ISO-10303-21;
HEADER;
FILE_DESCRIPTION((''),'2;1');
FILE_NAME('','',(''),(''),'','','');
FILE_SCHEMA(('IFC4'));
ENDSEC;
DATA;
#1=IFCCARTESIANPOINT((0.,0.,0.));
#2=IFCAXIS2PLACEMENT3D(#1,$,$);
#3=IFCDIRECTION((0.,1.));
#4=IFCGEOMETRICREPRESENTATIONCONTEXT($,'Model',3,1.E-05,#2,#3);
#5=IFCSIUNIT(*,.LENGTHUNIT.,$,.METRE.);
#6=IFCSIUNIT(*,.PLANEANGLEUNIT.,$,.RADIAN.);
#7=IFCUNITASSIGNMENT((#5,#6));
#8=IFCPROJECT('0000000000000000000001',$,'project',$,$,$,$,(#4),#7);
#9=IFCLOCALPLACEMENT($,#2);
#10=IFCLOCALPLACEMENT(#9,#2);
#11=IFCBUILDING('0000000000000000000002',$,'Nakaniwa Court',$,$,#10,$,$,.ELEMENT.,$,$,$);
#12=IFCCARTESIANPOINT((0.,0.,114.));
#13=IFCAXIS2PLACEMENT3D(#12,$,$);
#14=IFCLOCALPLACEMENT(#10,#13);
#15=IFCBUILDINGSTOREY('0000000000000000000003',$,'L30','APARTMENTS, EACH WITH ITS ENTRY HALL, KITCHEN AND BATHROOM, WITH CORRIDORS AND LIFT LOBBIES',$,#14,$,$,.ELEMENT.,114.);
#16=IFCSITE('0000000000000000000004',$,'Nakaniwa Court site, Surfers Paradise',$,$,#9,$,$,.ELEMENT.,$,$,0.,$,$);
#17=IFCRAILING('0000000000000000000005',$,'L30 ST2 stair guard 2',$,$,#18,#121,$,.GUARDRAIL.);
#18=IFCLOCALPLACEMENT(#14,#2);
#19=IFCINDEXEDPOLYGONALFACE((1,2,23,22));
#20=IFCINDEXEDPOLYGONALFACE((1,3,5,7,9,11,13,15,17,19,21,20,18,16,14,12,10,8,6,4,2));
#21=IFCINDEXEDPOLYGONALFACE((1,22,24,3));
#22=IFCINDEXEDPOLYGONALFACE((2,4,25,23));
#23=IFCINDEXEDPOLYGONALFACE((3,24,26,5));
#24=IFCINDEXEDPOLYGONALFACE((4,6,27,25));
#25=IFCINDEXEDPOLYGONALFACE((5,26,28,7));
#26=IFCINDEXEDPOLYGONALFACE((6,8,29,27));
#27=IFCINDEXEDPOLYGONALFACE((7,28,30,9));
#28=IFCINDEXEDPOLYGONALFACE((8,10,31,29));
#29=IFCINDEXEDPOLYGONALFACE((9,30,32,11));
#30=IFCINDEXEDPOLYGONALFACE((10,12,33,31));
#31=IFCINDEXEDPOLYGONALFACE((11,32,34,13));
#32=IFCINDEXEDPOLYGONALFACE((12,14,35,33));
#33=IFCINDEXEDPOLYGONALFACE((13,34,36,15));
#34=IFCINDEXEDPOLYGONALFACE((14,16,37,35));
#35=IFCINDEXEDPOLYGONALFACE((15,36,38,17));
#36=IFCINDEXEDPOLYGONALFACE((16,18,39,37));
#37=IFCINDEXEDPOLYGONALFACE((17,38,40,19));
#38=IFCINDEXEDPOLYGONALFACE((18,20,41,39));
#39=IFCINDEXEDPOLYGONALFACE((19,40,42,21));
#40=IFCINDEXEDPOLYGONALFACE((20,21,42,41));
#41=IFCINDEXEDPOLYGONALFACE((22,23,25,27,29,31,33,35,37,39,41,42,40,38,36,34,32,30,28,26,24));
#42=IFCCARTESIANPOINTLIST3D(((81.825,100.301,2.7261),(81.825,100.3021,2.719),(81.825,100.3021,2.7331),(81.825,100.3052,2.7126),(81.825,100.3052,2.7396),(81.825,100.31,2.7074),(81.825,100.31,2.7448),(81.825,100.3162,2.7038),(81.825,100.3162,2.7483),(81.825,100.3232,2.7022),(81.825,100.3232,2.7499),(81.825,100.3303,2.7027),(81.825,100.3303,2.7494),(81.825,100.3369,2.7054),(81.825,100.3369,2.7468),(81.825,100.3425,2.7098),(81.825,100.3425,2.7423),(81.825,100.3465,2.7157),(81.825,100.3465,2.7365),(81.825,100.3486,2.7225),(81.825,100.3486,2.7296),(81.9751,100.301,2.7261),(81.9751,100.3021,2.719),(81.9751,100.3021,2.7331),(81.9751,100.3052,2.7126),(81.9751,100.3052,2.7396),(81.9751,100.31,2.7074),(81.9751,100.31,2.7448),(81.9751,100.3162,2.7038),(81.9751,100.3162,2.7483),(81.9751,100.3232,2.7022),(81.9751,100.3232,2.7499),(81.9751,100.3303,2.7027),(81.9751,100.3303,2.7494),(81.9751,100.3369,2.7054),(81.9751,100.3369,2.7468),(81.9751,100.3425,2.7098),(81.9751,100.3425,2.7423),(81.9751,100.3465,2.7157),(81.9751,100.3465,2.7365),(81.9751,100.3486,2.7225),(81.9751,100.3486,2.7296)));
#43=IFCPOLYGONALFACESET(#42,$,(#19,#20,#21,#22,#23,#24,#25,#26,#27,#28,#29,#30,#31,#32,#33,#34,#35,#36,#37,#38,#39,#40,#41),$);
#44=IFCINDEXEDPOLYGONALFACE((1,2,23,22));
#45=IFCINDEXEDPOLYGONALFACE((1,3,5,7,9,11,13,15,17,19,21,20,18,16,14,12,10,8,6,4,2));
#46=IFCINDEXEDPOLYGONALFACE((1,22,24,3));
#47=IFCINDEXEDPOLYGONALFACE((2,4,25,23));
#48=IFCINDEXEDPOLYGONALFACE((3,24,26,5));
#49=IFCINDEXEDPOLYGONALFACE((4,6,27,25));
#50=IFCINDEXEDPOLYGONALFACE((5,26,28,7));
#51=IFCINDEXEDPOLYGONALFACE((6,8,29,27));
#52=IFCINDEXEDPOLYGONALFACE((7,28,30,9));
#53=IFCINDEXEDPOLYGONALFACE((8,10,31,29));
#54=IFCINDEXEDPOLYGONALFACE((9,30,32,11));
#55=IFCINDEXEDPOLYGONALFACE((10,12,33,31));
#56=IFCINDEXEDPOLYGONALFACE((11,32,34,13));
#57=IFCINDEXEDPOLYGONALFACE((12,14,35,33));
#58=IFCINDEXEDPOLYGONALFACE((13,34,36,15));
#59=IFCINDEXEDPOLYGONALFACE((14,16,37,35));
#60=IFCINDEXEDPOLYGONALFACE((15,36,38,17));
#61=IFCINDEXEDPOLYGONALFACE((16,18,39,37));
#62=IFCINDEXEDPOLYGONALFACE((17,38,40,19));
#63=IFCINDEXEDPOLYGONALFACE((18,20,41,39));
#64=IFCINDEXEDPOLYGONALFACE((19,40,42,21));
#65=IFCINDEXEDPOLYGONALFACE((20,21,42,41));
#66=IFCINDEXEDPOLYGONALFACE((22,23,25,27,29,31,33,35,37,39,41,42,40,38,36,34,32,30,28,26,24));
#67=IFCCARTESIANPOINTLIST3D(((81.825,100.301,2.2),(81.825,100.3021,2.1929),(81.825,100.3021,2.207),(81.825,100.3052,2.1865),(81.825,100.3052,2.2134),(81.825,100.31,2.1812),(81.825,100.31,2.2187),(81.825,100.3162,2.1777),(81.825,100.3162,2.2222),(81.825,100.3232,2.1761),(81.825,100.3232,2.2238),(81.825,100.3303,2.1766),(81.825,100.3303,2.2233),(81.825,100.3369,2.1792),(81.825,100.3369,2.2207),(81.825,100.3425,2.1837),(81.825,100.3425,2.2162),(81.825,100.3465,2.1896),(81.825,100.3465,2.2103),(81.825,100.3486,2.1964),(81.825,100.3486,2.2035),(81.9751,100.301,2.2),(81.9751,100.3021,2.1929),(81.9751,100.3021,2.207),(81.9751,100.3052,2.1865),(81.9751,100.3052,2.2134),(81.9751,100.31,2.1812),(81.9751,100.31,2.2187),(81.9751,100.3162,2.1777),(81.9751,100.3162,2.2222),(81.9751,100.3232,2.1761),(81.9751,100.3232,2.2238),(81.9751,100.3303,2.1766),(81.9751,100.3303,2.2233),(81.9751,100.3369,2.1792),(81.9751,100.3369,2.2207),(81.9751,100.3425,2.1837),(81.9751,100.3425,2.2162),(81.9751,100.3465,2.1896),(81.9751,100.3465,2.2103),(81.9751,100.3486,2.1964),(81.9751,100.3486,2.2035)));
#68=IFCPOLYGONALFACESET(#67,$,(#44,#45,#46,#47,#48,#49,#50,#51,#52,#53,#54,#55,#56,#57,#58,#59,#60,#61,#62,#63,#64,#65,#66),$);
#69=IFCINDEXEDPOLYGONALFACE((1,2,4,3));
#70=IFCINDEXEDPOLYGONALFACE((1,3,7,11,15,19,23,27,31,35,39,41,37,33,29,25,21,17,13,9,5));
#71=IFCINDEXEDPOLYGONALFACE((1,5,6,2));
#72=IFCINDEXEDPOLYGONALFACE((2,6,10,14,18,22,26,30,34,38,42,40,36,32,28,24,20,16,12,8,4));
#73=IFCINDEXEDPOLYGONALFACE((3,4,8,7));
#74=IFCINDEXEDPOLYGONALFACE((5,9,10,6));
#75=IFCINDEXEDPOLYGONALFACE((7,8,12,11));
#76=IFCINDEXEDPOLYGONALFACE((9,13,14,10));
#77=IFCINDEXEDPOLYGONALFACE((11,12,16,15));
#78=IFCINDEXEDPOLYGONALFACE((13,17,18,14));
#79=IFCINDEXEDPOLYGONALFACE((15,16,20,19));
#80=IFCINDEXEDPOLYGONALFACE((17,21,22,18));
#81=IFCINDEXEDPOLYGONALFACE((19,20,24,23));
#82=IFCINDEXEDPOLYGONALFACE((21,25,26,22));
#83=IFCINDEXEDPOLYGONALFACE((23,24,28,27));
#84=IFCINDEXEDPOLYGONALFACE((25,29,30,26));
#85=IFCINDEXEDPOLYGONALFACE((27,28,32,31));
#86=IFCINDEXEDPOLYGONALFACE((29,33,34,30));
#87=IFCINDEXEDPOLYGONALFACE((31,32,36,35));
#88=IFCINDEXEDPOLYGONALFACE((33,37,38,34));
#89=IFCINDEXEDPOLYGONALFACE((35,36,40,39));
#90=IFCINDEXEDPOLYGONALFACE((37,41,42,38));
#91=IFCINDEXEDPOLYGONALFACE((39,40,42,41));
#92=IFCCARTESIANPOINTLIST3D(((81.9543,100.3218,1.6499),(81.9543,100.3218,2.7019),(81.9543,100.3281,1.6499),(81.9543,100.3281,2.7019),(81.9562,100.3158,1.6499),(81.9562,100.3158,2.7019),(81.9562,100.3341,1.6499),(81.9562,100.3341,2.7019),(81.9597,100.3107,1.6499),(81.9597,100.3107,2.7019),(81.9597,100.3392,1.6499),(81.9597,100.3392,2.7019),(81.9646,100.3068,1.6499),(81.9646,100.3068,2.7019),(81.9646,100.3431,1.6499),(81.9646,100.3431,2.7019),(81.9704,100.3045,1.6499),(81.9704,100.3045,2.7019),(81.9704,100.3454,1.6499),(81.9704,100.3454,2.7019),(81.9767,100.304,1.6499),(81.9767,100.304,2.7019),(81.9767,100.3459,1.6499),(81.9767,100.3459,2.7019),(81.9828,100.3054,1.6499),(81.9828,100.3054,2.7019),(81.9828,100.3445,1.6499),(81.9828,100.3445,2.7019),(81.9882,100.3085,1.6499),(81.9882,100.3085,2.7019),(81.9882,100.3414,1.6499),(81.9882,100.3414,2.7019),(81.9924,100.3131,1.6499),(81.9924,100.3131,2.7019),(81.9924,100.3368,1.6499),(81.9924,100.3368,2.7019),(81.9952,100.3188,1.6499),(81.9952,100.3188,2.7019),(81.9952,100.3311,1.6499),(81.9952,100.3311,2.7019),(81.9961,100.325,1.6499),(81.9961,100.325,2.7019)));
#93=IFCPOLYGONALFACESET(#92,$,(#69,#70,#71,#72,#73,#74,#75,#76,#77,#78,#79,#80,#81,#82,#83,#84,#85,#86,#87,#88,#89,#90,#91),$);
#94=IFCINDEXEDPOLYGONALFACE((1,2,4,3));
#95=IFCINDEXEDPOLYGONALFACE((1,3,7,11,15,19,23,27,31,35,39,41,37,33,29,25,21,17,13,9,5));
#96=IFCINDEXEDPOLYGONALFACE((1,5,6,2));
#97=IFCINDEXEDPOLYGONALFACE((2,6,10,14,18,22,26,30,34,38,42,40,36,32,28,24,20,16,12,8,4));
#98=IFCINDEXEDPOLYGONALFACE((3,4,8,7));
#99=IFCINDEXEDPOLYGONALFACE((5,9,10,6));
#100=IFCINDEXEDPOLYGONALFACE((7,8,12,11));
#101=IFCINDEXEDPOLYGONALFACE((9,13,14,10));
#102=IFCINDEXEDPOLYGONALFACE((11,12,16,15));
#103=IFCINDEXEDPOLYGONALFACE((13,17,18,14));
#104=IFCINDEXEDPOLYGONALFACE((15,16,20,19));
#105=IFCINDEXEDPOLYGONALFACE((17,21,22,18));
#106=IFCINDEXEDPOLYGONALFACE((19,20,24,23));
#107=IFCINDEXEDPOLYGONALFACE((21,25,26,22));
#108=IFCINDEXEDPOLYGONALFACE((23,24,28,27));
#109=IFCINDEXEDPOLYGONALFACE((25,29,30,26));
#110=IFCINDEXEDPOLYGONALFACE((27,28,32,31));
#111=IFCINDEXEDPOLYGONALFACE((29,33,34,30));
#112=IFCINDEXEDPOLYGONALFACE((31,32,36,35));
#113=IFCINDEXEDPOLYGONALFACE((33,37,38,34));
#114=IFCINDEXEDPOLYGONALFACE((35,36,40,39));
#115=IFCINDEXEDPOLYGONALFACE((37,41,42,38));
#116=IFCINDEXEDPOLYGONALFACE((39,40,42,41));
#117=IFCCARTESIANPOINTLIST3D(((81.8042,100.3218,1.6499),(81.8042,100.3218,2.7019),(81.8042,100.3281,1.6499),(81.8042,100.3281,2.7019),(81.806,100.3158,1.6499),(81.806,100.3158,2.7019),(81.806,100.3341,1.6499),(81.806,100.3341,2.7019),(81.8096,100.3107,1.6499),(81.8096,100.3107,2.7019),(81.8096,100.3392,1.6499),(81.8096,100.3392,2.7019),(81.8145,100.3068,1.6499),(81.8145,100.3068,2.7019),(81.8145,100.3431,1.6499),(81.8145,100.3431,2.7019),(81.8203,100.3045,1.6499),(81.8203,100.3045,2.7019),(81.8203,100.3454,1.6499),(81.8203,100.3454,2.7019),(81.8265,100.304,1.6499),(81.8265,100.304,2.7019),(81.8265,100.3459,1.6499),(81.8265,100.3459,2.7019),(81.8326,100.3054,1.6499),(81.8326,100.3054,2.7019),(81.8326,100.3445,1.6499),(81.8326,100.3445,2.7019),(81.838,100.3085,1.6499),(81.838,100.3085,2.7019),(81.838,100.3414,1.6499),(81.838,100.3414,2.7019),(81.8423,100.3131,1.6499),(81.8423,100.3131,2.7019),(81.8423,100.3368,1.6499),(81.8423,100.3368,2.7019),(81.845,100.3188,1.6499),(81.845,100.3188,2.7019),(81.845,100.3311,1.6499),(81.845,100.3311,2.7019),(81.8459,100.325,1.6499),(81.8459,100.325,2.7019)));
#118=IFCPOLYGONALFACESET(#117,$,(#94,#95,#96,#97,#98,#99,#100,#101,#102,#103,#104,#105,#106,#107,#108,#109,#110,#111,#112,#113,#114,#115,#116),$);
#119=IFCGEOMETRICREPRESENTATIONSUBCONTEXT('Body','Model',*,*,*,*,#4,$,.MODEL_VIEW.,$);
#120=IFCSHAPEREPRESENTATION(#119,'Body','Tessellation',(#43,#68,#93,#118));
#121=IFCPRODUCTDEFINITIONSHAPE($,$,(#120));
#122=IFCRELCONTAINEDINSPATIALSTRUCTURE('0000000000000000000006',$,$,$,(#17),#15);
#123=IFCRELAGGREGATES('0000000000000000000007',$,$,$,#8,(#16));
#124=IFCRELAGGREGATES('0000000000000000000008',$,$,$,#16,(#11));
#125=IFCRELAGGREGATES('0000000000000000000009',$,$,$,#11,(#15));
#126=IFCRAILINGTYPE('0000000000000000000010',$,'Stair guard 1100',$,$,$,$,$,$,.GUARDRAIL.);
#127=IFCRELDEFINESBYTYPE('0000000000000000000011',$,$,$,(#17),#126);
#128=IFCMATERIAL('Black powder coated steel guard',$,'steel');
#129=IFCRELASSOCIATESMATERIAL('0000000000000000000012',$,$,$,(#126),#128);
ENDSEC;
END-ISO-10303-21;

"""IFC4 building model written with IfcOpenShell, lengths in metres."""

from ifc_helpers import new_model, si_unit, direction, frame, origin, origin_2d, place, context, subcontext, project, spatial, circle, extrude, material, type_object, element, save


model = new_model("IFC4")

# Units and contexts
model_context = context("Model", 3, precision=1e-05, world=origin(), true_north=direction((0.0, 1.0)))
body_context = subcontext(model_context, "Body", "Model", "MODEL_VIEW")
ifc_project = project(units=[si_unit("LENGTHUNIT", "METRE"), si_unit("PLANEANGLEUNIT", "RADIAN")], contexts=[model_context])

# Site, building, storey
site_placement = place(None, origin())
site = spatial("IfcSite", under=ifc_project, at=site_placement, Name="Nakaniwa Court site, Surfers Paradise", CompositionType="ELEMENT", RefElevation=0.0)
building_placement = place(site_placement, origin())
building = spatial("IfcBuilding", under=site, at=building_placement, Name="Nakaniwa Court", CompositionType="ELEMENT")
storey_placement = place(building_placement, frame((0.0, 0.0, 114.0)))
storey = spatial("IfcBuildingStorey", under=building, at=storey_placement, Name="L30", Description="APARTMENTS, EACH WITH ITS ENTRY HALL, KITCHEN AND BATHROOM, WITH CORRIDORS AND LIFT LOBBIES", CompositionType="ELEMENT", Elevation=114.0)

# Railing
ifc_material_1 = material(Name="Black powder coated steel guard", Category="steel")
railing_type_1 = type_object("IfcRailingType", Name="Stair guard 1100", PredefinedType="GUARDRAIL", material=ifc_material_1)
railing_1_placement = place(storey_placement, frame((81.9751, 100.325, 1.6499)))
element("IfcRailing", 1, at=railing_1_placement, inside=storey, type_object=railing_type_1, Name="L30 ST2 stair guard 2", PredefinedType="GUARDRAIL", context=body_context, shape_type="SweptSolid", body=[
    extrude(circle(Radius=0.0239, at=origin_2d()), frame((0.0, 0.0, 1.0762), z_axis=(-1.0, 0.0, 0.0), x_axis=(0.0, -1.0, 0.0)), (0.0, 0.0, 1.0), 0.1501),
    extrude(circle(Radius=0.0239, at=origin_2d()), frame((0.0, 0.0, 0.55), z_axis=(-1.0, 0.0, 0.0), x_axis=(0.0, -1.0, 0.0)), (0.0, 0.0, 1.0), 0.1501),
    extrude(circle(Radius=0.021, at=origin_2d()), origin(), (0.0, 0.0, 1.0), 1.052),
    extrude(circle(Radius=0.021, at=origin_2d()), frame((-0.1501, 0.0, 0.0)), (0.0, 0.0, 1.0), 1.052),
])

save(model, "model.ifc")
